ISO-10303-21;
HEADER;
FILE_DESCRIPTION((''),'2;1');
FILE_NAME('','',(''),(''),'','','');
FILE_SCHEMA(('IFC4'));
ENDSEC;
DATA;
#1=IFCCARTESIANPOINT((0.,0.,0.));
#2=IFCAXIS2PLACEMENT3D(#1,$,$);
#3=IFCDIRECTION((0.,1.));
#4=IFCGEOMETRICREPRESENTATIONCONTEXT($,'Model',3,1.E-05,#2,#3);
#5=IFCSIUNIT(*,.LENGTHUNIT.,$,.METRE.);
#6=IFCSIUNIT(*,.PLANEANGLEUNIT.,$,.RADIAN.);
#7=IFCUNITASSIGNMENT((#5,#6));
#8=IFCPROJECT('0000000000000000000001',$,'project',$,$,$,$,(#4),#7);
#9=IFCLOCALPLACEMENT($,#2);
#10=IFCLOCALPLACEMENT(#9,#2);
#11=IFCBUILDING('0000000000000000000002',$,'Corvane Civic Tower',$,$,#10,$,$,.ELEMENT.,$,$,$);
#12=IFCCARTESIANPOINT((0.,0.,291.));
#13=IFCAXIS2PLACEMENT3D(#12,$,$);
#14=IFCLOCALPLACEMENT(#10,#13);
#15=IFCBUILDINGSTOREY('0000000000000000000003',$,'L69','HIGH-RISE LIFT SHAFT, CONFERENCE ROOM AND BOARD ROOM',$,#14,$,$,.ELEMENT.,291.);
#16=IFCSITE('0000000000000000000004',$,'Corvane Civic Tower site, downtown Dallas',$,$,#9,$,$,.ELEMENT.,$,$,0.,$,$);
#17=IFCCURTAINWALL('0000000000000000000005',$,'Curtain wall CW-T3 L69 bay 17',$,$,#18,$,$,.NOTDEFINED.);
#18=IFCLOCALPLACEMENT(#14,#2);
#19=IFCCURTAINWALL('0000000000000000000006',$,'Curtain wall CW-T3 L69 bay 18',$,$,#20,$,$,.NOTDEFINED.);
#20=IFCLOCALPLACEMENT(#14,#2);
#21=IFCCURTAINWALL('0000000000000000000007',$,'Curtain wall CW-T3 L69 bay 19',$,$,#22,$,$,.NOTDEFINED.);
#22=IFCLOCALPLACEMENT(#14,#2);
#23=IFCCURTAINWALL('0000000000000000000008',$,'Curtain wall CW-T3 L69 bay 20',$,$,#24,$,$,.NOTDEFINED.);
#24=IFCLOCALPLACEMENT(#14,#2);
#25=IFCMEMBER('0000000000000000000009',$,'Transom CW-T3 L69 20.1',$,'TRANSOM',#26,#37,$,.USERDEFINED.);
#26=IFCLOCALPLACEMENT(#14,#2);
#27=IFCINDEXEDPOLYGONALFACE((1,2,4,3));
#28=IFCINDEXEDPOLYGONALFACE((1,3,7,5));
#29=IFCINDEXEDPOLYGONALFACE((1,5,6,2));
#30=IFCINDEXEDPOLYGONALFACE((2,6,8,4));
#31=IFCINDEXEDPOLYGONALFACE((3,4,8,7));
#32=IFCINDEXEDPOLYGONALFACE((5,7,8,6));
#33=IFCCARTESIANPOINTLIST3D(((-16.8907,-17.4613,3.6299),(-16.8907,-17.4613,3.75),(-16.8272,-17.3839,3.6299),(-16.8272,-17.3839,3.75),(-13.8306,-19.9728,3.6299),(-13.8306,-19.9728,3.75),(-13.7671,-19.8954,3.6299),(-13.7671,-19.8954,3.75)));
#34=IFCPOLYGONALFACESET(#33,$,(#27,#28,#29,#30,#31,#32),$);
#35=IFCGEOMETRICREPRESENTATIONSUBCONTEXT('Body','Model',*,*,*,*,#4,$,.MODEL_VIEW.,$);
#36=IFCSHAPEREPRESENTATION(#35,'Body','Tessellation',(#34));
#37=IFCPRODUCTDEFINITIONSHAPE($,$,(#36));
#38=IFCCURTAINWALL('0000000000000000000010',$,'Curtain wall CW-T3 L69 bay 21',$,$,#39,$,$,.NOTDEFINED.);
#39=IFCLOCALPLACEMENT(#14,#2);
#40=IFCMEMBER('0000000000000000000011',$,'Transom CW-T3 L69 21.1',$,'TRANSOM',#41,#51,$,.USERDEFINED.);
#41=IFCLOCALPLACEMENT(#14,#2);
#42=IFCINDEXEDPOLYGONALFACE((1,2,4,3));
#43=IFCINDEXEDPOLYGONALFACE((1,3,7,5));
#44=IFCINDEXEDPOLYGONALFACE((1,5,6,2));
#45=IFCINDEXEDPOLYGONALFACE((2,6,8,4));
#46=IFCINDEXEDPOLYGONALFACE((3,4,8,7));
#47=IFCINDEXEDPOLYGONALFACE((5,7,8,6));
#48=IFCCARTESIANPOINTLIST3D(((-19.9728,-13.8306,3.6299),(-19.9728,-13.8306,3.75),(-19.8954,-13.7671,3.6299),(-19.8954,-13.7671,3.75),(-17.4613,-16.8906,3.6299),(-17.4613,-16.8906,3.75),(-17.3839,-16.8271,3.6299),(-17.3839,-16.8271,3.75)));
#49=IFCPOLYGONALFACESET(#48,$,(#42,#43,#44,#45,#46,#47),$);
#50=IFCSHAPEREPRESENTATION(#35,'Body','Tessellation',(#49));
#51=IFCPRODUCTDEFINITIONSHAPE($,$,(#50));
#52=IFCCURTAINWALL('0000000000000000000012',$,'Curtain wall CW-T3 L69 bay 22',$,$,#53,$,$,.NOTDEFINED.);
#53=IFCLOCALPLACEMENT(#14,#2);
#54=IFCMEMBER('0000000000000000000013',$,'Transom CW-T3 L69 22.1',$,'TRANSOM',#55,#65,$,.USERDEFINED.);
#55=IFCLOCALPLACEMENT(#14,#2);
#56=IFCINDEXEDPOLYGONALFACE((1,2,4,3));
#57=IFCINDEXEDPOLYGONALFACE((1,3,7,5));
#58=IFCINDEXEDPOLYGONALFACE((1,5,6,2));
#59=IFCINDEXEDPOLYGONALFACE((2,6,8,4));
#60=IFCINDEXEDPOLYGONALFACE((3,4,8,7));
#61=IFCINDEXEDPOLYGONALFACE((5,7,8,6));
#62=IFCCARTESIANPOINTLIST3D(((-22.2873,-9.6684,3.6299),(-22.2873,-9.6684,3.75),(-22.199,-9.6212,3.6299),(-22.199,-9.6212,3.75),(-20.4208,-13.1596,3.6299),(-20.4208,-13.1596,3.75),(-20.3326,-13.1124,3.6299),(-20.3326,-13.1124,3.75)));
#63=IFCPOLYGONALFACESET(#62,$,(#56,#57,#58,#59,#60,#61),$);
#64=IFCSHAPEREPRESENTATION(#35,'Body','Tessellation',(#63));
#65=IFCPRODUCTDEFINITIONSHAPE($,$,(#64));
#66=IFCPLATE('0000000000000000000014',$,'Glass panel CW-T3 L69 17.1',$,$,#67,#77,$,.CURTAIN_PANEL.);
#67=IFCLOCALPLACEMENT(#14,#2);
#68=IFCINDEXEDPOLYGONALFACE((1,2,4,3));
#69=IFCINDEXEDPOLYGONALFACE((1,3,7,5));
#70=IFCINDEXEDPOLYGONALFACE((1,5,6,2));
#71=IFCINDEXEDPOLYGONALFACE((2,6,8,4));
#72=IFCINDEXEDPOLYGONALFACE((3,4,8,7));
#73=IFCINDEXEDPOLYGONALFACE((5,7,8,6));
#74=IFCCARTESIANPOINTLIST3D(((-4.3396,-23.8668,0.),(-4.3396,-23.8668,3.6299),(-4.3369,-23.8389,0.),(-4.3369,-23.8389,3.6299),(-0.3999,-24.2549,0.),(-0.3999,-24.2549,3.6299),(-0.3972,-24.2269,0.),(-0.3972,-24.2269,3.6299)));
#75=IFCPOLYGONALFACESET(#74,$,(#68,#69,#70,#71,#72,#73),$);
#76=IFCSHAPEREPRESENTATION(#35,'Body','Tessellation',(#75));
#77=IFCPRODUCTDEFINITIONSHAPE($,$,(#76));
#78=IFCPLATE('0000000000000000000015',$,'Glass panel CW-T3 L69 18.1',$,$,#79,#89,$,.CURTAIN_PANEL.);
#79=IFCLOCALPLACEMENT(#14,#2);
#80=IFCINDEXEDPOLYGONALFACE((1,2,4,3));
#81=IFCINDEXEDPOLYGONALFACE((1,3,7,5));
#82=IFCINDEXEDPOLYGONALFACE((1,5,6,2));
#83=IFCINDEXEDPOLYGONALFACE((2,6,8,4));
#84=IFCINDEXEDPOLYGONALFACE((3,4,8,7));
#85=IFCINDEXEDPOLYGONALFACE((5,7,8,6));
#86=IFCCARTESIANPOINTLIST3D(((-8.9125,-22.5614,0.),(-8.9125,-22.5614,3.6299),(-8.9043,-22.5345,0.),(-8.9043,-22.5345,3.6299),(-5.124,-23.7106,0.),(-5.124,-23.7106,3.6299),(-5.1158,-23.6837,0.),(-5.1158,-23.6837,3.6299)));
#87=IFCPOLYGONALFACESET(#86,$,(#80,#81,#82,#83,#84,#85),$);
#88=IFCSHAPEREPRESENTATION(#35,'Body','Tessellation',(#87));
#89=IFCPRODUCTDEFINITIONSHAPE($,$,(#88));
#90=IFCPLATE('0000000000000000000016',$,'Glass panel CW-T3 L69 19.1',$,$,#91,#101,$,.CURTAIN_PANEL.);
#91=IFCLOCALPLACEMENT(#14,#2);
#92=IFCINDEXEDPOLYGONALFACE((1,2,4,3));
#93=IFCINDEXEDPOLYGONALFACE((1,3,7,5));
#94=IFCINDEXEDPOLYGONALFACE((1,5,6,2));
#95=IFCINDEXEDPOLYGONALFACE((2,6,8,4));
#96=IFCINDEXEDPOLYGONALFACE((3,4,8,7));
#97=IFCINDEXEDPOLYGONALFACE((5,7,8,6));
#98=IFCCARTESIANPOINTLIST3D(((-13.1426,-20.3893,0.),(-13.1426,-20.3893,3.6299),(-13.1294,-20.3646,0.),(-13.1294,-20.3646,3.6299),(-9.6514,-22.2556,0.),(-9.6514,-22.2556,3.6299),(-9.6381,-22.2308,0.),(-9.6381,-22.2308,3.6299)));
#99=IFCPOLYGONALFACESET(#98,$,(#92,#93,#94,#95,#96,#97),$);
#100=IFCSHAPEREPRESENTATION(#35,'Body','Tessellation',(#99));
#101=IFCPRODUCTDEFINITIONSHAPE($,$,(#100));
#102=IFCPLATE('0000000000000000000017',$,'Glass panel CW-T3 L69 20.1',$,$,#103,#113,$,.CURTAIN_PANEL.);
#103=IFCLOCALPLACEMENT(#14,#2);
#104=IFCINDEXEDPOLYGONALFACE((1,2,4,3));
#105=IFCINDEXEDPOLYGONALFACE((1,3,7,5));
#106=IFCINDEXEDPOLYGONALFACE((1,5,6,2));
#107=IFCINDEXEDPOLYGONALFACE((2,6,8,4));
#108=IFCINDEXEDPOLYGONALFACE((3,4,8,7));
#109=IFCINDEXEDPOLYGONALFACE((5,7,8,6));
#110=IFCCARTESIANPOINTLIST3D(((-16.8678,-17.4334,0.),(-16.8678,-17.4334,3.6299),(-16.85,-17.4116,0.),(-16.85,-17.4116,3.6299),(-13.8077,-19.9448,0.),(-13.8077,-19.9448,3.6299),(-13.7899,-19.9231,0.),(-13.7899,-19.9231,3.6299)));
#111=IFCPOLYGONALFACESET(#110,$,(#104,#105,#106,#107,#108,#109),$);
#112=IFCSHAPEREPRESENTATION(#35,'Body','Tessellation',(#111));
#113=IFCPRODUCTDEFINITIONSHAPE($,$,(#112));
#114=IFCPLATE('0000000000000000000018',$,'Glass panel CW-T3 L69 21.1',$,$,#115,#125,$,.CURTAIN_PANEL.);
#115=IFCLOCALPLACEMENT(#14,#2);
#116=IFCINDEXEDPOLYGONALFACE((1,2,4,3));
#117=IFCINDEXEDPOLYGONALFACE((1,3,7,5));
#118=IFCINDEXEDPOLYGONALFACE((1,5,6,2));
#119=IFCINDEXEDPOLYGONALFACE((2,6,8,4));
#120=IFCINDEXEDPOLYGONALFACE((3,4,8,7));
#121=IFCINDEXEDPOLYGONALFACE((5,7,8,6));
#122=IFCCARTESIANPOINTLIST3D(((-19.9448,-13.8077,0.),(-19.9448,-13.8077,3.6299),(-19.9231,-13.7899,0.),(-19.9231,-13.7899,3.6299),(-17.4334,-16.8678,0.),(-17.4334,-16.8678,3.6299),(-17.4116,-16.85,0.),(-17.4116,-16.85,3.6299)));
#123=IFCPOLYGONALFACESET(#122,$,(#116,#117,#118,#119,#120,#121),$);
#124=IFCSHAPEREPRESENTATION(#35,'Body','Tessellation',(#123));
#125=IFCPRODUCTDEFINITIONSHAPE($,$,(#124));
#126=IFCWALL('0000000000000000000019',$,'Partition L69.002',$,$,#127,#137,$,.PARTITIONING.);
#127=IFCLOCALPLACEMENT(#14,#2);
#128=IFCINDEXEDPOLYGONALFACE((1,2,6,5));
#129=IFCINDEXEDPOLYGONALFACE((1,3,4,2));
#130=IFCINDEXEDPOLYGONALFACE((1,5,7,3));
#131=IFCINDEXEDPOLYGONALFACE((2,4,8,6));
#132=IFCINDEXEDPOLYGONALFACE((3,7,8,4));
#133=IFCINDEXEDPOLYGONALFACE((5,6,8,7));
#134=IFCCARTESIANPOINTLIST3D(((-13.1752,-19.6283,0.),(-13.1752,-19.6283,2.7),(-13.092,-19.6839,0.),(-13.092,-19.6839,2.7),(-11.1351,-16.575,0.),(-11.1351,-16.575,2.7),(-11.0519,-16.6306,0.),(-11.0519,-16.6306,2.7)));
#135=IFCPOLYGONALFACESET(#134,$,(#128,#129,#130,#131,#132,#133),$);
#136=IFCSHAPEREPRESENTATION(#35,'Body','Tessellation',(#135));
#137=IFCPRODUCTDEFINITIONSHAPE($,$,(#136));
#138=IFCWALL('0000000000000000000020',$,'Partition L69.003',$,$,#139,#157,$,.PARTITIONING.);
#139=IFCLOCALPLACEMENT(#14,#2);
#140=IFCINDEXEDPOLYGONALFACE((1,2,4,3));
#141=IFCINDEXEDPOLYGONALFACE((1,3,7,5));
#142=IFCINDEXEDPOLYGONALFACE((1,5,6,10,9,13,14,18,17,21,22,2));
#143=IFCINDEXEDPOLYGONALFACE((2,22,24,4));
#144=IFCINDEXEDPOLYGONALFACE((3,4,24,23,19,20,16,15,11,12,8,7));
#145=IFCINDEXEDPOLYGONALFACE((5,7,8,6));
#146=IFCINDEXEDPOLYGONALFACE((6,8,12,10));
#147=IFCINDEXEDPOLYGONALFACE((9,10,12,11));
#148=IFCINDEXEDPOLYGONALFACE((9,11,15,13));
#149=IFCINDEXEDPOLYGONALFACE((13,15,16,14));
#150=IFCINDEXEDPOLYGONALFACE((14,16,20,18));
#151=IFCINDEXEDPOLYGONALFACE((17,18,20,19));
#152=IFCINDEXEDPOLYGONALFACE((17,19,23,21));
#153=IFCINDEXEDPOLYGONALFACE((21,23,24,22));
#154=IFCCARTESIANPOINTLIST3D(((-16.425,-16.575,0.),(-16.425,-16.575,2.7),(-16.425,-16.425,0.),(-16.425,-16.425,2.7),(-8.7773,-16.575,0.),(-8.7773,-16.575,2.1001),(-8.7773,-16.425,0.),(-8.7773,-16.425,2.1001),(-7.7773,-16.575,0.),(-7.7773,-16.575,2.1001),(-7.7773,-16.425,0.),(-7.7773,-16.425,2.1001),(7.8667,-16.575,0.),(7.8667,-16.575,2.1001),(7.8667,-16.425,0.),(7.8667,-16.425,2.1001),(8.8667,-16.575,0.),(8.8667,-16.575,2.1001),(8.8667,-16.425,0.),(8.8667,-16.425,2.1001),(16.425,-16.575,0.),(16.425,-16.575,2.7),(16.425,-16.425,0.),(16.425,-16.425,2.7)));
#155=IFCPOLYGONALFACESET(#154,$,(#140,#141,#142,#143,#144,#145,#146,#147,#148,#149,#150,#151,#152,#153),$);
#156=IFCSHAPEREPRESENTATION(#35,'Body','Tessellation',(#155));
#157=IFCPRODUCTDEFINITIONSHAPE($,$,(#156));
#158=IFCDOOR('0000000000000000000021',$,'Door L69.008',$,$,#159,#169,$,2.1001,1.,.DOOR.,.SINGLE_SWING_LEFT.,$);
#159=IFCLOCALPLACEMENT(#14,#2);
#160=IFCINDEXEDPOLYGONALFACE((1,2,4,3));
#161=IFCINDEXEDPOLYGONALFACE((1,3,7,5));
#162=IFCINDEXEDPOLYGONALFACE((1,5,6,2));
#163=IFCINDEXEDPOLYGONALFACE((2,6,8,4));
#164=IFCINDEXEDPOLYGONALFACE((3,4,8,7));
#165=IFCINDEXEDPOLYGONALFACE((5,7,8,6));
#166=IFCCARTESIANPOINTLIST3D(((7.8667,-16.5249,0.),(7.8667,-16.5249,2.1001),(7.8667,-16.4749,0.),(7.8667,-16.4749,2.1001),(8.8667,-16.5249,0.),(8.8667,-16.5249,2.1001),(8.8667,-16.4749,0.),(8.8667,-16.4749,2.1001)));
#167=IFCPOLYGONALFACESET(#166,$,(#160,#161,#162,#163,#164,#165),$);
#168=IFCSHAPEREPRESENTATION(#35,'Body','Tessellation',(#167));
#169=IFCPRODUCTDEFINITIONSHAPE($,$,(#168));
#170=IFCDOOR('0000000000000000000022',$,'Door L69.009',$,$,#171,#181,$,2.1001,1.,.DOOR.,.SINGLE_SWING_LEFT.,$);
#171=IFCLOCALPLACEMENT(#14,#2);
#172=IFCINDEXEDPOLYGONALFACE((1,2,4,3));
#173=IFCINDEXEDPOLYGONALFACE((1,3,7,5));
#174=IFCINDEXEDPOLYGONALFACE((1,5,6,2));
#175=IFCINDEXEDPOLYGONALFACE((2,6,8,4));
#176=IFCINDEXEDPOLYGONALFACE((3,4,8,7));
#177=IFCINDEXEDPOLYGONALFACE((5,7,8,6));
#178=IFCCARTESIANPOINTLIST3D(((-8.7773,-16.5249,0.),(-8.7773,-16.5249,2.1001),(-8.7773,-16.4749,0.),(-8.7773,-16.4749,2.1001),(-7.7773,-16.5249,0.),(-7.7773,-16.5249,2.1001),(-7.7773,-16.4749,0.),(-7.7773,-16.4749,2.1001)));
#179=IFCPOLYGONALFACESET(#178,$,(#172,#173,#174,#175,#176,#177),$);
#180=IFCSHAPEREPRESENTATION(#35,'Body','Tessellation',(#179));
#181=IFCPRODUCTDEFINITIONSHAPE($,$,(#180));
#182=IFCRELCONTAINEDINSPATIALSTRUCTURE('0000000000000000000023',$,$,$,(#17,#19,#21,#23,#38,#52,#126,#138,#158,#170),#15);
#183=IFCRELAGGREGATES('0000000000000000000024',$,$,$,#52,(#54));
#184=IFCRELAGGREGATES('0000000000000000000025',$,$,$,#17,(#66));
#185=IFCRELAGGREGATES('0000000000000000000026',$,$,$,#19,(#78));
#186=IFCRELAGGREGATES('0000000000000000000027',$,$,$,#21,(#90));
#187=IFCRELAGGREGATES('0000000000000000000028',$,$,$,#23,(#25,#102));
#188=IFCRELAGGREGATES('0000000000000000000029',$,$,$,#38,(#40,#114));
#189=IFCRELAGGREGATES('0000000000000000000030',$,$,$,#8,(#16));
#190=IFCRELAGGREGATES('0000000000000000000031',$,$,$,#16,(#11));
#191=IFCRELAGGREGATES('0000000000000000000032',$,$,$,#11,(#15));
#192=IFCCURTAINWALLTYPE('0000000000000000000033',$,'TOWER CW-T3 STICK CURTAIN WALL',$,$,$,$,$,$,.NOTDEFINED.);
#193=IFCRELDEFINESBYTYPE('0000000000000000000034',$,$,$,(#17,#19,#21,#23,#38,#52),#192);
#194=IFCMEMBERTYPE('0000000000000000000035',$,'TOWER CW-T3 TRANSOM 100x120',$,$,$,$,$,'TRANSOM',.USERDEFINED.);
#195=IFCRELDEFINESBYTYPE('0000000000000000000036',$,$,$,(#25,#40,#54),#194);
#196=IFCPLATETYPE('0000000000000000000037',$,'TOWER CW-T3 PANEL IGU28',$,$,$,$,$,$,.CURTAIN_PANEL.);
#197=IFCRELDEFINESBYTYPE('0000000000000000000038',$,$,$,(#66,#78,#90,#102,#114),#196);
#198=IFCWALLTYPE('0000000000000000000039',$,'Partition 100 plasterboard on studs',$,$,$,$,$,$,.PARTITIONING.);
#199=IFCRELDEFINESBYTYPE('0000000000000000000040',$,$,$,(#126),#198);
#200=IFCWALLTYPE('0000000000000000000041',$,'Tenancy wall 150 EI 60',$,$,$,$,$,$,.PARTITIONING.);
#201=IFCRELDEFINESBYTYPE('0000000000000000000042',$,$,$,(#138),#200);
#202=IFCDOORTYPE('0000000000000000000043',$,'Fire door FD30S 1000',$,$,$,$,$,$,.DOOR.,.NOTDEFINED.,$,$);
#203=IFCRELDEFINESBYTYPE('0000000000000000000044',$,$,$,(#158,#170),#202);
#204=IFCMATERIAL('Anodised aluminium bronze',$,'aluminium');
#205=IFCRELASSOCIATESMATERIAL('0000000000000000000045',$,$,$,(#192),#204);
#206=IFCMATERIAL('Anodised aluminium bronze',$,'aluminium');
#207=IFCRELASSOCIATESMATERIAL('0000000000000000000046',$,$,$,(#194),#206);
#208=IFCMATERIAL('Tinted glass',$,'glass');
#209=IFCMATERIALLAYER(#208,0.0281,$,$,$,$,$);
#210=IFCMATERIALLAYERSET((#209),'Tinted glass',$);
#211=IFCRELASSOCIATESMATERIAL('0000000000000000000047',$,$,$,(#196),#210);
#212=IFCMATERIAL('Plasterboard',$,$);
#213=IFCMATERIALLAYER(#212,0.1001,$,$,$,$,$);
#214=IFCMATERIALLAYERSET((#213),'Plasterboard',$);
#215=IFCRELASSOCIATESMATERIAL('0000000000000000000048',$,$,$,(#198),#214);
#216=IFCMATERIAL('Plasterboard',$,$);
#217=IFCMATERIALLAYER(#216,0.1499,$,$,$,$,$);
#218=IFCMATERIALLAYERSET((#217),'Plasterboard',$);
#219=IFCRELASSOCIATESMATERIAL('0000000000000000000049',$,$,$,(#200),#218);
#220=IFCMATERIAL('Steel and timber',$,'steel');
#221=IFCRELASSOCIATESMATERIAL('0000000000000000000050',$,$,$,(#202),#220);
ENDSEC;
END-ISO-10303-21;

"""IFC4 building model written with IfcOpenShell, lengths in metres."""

from ifc_helpers import new_model, si_unit, direction, frame, frame_2d, origin, origin_2d, place, context, subcontext, project, spatial, rectangle, extrude, material, layer, layer_set, material_profile, profile_set, type_object, element, fill, aggregate, save


model = new_model("IFC4")

# Units and contexts
model_context = context("Model", 3, precision=1e-05, world=origin(), true_north=direction((0.0, 1.0)))
body_context = subcontext(model_context, "Body", "Model", "MODEL_VIEW")
ifc_project = project(units=[si_unit("LENGTHUNIT", "METRE"), si_unit("PLANEANGLEUNIT", "RADIAN")], contexts=[model_context])

# Site, building, storey
site_placement = place(None, origin())
site = spatial("IfcSite", under=ifc_project, at=site_placement, Name="Corvane Civic Tower site, downtown Dallas", CompositionType="ELEMENT", RefElevation=0.0)
building_placement = place(site_placement, origin())
building = spatial("IfcBuilding", under=site, at=building_placement, Name="Corvane Civic Tower", CompositionType="ELEMENT")
storey_placement = place(building_placement, frame((0.0, 0.0, 291.0)))
storey = spatial("IfcBuildingStorey", under=building, at=storey_placement, Name="L69", Description="HIGH-RISE LIFT SHAFT, CONFERENCE ROOM AND BOARD ROOM", CompositionType="ELEMENT", Elevation=291.0)

# Curtain walls, members
ifc_material_1 = material(Name="Anodised aluminium bronze", Category="aluminium")
curtain_wall_type = type_object("IfcCurtainWallType", Name="TOWER CW-T3 STICK CURTAIN WALL", PredefinedType="NOTDEFINED", material=ifc_material_1)
curtain_wall_1_placement = place(storey_placement, origin())
curtain_wall_1 = element("IfcCurtainWall", 1, at=curtain_wall_1_placement, inside=storey, type_object=curtain_wall_type, Name="Curtain wall CW-T3 L69 bay 17", PredefinedType="NOTDEFINED")
ifc_material_2 = material(Name="Anodised aluminium bronze", Category="aluminium")
ifc_material_profile_1 = material_profile(ifc_material_2, rectangle(XDim=0.1001, YDim=0.1201, at=origin_2d()), Name="TOWER CW-T3 TRANSOM 100x120")
ifc_profile_set_1 = profile_set([ifc_material_profile_1], Name="Anodised aluminium bronze")
member_type = type_object("IfcMemberType", Name="TOWER CW-T3 TRANSOM 100x120", ElementType="TRANSOM", PredefinedType="USERDEFINED", material=ifc_profile_set_1)
curtain_wall_2_placement = place(storey_placement, origin())
curtain_wall_2 = element("IfcCurtainWall", 2, at=curtain_wall_2_placement, inside=storey, type_object=curtain_wall_type, Name="Curtain wall CW-T3 L69 bay 18", PredefinedType="NOTDEFINED")
curtain_wall_3_placement = place(storey_placement, origin())
curtain_wall_3 = element("IfcCurtainWall", 3, at=curtain_wall_3_placement, inside=storey, type_object=curtain_wall_type, Name="Curtain wall CW-T3 L69 bay 19", PredefinedType="NOTDEFINED")
curtain_wall_4_placement = place(storey_placement, origin())
curtain_wall_4 = element("IfcCurtainWall", 4, at=curtain_wall_4_placement, inside=storey, type_object=curtain_wall_type, Name="Curtain wall CW-T3 L69 bay 20", PredefinedType="NOTDEFINED")
member_1_placement = place(storey_placement, frame((-13.7988, -19.9341, 3.6899), z_axis=(-0.772992, 0.634416, 0.0), x_axis=(-0.634416, -0.772992, 0.0)))
member_1 = element("IfcMember", 5, at=member_1_placement, type_object=member_type, Name="Transom CW-T3 L69 20.1", ObjectType="TRANSOM", PredefinedType="USERDEFINED", context=body_context, shape_type="SweptSolid", body=[
    extrude(rectangle(XDim=0.1001, YDim=0.1201, at=origin_2d()), origin(), (0.0, 0.0, 1.0), 3.9587),
])
curtain_wall_5_placement = place(storey_placement, origin())
curtain_wall_5 = element("IfcCurtainWall", 6, at=curtain_wall_5_placement, inside=storey, type_object=curtain_wall_type, Name="Curtain wall CW-T3 L69 bay 21", PredefinedType="NOTDEFINED")
member_2_placement = place(storey_placement, frame((-17.4226, -16.8589, 3.6899), z_axis=(-0.634416, 0.772992, 0.0), x_axis=(-0.772992, -0.634416, 0.0)))
member_2 = element("IfcMember", 7, at=member_2_placement, type_object=member_type, Name="Transom CW-T3 L69 21.1", ObjectType="TRANSOM", PredefinedType="USERDEFINED", context=body_context, shape_type="SweptSolid", body=[
    extrude(rectangle(XDim=0.1001, YDim=0.1201, at=origin_2d()), origin(), (0.0, 0.0, 1.0), 3.9587),
])
curtain_wall_6_placement = place(storey_placement, origin())
curtain_wall_6 = element("IfcCurtainWall", 8, at=curtain_wall_6_placement, inside=storey, type_object=curtain_wall_type, Name="Curtain wall CW-T3 L69 bay 22", PredefinedType="NOTDEFINED")
member_3_placement = place(storey_placement, frame((-20.3767, -13.136, 3.6899), z_axis=(-0.471468, 0.881883, 0.0), x_axis=(-0.881883, -0.471468, 0.0)))
member_3 = element("IfcMember", 9, at=member_3_placement, type_object=member_type, Name="Transom CW-T3 L69 22.1", ObjectType="TRANSOM", PredefinedType="USERDEFINED", context=body_context, shape_type="SweptSolid", body=[
    extrude(rectangle(XDim=0.1001, YDim=0.1201, at=origin_2d()), origin(), (0.0, 0.0, 1.0), 3.9587),
])
aggregate(curtain_wall_6, [member_3])

# Plates
ifc_material_3 = material(Name="Tinted glass", Category="glass")
ifc_layer_1 = layer(ifc_material_3, 0.0281)
ifc_layer_set_1 = layer_set([ifc_layer_1], Name="Tinted glass")
plate_type = type_object("IfcPlateType", Name="TOWER CW-T3 PANEL IGU28", PredefinedType="CURTAIN_PANEL", material=ifc_layer_set_1)
plate_1_placement = place(storey_placement, frame((-2.3684, -24.0469, 0.0), z_axis=(0.0, 0.0, 1.0), x_axis=(-0.995184, 0.098021, 0.0)))
plate_1 = element("IfcPlate", 10, at=plate_1_placement, type_object=plate_type, Name="Glass panel CW-T3 L69 17.1", PredefinedType="CURTAIN_PANEL", context=body_context, shape_type="SweptSolid", body=[
    extrude(rectangle(XDim=3.9587, YDim=0.0281, at=origin_2d()), origin(), (0.0, 0.0, 1.0), 3.6299),
])
aggregate(curtain_wall_1, [plate_1])
plate_2_placement = place(storey_placement, frame((-7.0142, -23.1226, 0.0), z_axis=(0.0, 0.0, 1.0), x_axis=(-0.956944, 0.290274, 0.0)))
plate_2 = element("IfcPlate", 11, at=plate_2_placement, type_object=plate_type, Name="Glass panel CW-T3 L69 18.1", PredefinedType="CURTAIN_PANEL", context=body_context, shape_type="SweptSolid", body=[
    extrude(rectangle(XDim=3.959, YDim=0.0281, at=origin_2d()), origin(), (0.0, 0.0, 1.0), 3.6299),
])
aggregate(curtain_wall_2, [plate_2])
plate_3_placement = place(storey_placement, frame((-11.3904, -21.3101, 0.0), z_axis=(0.0, 0.0, 1.0), x_axis=(-0.881908, 0.471421, 0.0)))
plate_3 = element("IfcPlate", 12, at=plate_3_placement, type_object=plate_type, Name="Glass panel CW-T3 L69 19.1", PredefinedType="CURTAIN_PANEL", context=body_context, shape_type="SweptSolid", body=[
    extrude(rectangle(XDim=3.9587, YDim=0.0281, at=origin_2d()), origin(), (0.0, 0.0, 1.0), 3.6299),
])
aggregate(curtain_wall_3, [plate_3])
plate_4_placement = place(storey_placement, frame((-15.3289, -18.6782, 0.0), z_axis=(0.0, 0.0, 1.0), x_axis=(-0.773001, 0.634405, 0.0)))
plate_4 = element("IfcPlate", 13, at=plate_4_placement, type_object=plate_type, Name="Glass panel CW-T3 L69 20.1", PredefinedType="CURTAIN_PANEL", context=body_context, shape_type="SweptSolid", body=[
    extrude(rectangle(XDim=3.9587, YDim=0.0281, at=origin_2d()), origin(), (0.0, 0.0, 1.0), 3.6299),
])
aggregate(curtain_wall_4, [member_1, plate_4])
plate_5_placement = place(storey_placement, frame((-18.6782, -15.3289, 0.0), z_axis=(0.0, 0.0, 1.0), x_axis=(-0.634405, 0.773001, 0.0)))
plate_5 = element("IfcPlate", 14, at=plate_5_placement, type_object=plate_type, Name="Glass panel CW-T3 L69 21.1", PredefinedType="CURTAIN_PANEL", context=body_context, shape_type="SweptSolid", body=[
    extrude(rectangle(XDim=3.9587, YDim=0.0281, at=origin_2d()), origin(), (0.0, 0.0, 1.0), 3.6299),
])
aggregate(curtain_wall_5, [member_2, plate_5])

# Wall
ifc_material_4 = material(Name="Plasterboard")
ifc_layer_2 = layer(ifc_material_4, 0.1001)
ifc_layer_set_2 = layer_set([ifc_layer_2], Name="Plasterboard")
wall_type_1 = type_object("IfcWallType", Name="Partition 100 plasterboard on studs", PredefinedType="PARTITIONING", material=ifc_layer_set_2)
wall_1_placement = place(storey_placement, frame((-13.1335, -19.656, 0.0), z_axis=(0.0, 0.0, 1.0), x_axis=(0.555559, 0.831477, 0.0)))
element("IfcWall", 15, at=wall_1_placement, inside=storey, type_object=wall_type_1, Name="Partition L69.002", PredefinedType="PARTITIONING", context=body_context, shape_type="SweptSolid", body=[
    extrude(rectangle(XDim=3.6721, YDim=0.1001, at=frame_2d((1.8359, 0.0))), origin(), (0.0, 0.0, 1.0), 2.7),
])

# Wall, openings, doors
ifc_material_5 = material(Name="Plasterboard")
ifc_layer_3 = layer(ifc_material_5, 0.1499)
ifc_layer_set_3 = layer_set([ifc_layer_3], Name="Plasterboard")
wall_type_2 = type_object("IfcWallType", Name="Tenancy wall 150 EI 60", PredefinedType="PARTITIONING", material=ifc_layer_set_3)
wall_2_placement = place(storey_placement, frame((-16.425, -16.5, 0.0), z_axis=(0.0, 0.0, 1.0), x_axis=(1.0, 0.0, 0.0)))
wall_2 = element("IfcWall", 16, at=wall_2_placement, inside=storey, type_object=wall_type_2, Name="Partition L69.003", PredefinedType="PARTITIONING", context=body_context, shape_type="SweptSolid", body=[
    extrude(rectangle(XDim=32.8501, YDim=0.1499, at=frame_2d((16.425, 0.0))), origin(), (0.0, 0.0, 1.0), 2.7),
])
opening_1_placement = place(wall_2_placement, frame((24.2917, 0.0, 0.0)))
opening_1 = element("IfcOpeningElement", 17, at=opening_1_placement, cuts=wall_2, PredefinedType="OPENING", context=body_context, shape_type="SweptSolid", body=[
    extrude(rectangle(XDim=1.0, YDim=2.1001, at=frame_2d((0.5, 1.05))), frame((0.0, 0.085, 0.0), z_axis=(0.0, -1.0, 0.0), x_axis=(1.0, 0.0, 0.0)), (0.0, 0.0, 1.0), 0.1699),
])
opening_2_placement = place(wall_2_placement, frame((7.6477, 0.0, 0.0)))
opening_2 = element("IfcOpeningElement", 18, at=opening_2_placement, cuts=wall_2, PredefinedType="OPENING", context=body_context, shape_type="SweptSolid", body=[
    extrude(rectangle(XDim=1.0, YDim=2.1001, at=frame_2d((0.5, 1.05))), frame((0.0, 0.085, 0.0), z_axis=(0.0, -1.0, 0.0), x_axis=(1.0, 0.0, 0.0)), (0.0, 0.0, 1.0), 0.1699),
])
ifc_material_6 = material(Name="Steel and timber", Category="steel")
door_type = type_object("IfcDoorType", Name="Fire door FD30S 1000", OperationType="NOTDEFINED", PredefinedType="DOOR", material=ifc_material_6)
door_1_placement = place(opening_1_placement, frame((1.0, 0.0, 0.0), z_axis=(0.0, 0.0, 1.0), x_axis=(-1.0, 0.0, 0.0)))
door_1 = element("IfcDoor", 19, at=door_1_placement, inside=storey, type_object=door_type, Name="Door L69.008", OperationType="SINGLE_SWING_LEFT", OverallHeight=2.1001, OverallWidth=1.0, PredefinedType="DOOR", context=body_context, shape_type="SweptSolid", body=[
    extrude(rectangle(XDim=1.0, YDim=2.1001, at=frame_2d((0.5, 1.05))), frame((0.0, 0.0249, 0.0), z_axis=(0.0, -1.0, 0.0), x_axis=(1.0, 0.0, 0.0)), (0.0, 0.0, 1.0), 0.05),
])
fill(opening_1, door_1)
door_2_placement = place(opening_2_placement, frame((1.0, 0.0, 0.0), z_axis=(0.0, 0.0, 1.0), x_axis=(-1.0, 0.0, 0.0)))
door_2 = element("IfcDoor", 20, at=door_2_placement, inside=storey, type_object=door_type, Name="Door L69.009", OperationType="SINGLE_SWING_LEFT", OverallHeight=2.1001, OverallWidth=1.0, PredefinedType="DOOR", context=body_context, shape_type="SweptSolid", body=[
    extrude(rectangle(XDim=1.0, YDim=2.1001, at=frame_2d((0.5, 1.05))), frame((0.0, 0.0249, 0.0), z_axis=(0.0, -1.0, 0.0), x_axis=(1.0, 0.0, 0.0)), (0.0, 0.0, 1.0), 0.05),
])
fill(opening_2, door_2)

save(model, "model.ifc")
